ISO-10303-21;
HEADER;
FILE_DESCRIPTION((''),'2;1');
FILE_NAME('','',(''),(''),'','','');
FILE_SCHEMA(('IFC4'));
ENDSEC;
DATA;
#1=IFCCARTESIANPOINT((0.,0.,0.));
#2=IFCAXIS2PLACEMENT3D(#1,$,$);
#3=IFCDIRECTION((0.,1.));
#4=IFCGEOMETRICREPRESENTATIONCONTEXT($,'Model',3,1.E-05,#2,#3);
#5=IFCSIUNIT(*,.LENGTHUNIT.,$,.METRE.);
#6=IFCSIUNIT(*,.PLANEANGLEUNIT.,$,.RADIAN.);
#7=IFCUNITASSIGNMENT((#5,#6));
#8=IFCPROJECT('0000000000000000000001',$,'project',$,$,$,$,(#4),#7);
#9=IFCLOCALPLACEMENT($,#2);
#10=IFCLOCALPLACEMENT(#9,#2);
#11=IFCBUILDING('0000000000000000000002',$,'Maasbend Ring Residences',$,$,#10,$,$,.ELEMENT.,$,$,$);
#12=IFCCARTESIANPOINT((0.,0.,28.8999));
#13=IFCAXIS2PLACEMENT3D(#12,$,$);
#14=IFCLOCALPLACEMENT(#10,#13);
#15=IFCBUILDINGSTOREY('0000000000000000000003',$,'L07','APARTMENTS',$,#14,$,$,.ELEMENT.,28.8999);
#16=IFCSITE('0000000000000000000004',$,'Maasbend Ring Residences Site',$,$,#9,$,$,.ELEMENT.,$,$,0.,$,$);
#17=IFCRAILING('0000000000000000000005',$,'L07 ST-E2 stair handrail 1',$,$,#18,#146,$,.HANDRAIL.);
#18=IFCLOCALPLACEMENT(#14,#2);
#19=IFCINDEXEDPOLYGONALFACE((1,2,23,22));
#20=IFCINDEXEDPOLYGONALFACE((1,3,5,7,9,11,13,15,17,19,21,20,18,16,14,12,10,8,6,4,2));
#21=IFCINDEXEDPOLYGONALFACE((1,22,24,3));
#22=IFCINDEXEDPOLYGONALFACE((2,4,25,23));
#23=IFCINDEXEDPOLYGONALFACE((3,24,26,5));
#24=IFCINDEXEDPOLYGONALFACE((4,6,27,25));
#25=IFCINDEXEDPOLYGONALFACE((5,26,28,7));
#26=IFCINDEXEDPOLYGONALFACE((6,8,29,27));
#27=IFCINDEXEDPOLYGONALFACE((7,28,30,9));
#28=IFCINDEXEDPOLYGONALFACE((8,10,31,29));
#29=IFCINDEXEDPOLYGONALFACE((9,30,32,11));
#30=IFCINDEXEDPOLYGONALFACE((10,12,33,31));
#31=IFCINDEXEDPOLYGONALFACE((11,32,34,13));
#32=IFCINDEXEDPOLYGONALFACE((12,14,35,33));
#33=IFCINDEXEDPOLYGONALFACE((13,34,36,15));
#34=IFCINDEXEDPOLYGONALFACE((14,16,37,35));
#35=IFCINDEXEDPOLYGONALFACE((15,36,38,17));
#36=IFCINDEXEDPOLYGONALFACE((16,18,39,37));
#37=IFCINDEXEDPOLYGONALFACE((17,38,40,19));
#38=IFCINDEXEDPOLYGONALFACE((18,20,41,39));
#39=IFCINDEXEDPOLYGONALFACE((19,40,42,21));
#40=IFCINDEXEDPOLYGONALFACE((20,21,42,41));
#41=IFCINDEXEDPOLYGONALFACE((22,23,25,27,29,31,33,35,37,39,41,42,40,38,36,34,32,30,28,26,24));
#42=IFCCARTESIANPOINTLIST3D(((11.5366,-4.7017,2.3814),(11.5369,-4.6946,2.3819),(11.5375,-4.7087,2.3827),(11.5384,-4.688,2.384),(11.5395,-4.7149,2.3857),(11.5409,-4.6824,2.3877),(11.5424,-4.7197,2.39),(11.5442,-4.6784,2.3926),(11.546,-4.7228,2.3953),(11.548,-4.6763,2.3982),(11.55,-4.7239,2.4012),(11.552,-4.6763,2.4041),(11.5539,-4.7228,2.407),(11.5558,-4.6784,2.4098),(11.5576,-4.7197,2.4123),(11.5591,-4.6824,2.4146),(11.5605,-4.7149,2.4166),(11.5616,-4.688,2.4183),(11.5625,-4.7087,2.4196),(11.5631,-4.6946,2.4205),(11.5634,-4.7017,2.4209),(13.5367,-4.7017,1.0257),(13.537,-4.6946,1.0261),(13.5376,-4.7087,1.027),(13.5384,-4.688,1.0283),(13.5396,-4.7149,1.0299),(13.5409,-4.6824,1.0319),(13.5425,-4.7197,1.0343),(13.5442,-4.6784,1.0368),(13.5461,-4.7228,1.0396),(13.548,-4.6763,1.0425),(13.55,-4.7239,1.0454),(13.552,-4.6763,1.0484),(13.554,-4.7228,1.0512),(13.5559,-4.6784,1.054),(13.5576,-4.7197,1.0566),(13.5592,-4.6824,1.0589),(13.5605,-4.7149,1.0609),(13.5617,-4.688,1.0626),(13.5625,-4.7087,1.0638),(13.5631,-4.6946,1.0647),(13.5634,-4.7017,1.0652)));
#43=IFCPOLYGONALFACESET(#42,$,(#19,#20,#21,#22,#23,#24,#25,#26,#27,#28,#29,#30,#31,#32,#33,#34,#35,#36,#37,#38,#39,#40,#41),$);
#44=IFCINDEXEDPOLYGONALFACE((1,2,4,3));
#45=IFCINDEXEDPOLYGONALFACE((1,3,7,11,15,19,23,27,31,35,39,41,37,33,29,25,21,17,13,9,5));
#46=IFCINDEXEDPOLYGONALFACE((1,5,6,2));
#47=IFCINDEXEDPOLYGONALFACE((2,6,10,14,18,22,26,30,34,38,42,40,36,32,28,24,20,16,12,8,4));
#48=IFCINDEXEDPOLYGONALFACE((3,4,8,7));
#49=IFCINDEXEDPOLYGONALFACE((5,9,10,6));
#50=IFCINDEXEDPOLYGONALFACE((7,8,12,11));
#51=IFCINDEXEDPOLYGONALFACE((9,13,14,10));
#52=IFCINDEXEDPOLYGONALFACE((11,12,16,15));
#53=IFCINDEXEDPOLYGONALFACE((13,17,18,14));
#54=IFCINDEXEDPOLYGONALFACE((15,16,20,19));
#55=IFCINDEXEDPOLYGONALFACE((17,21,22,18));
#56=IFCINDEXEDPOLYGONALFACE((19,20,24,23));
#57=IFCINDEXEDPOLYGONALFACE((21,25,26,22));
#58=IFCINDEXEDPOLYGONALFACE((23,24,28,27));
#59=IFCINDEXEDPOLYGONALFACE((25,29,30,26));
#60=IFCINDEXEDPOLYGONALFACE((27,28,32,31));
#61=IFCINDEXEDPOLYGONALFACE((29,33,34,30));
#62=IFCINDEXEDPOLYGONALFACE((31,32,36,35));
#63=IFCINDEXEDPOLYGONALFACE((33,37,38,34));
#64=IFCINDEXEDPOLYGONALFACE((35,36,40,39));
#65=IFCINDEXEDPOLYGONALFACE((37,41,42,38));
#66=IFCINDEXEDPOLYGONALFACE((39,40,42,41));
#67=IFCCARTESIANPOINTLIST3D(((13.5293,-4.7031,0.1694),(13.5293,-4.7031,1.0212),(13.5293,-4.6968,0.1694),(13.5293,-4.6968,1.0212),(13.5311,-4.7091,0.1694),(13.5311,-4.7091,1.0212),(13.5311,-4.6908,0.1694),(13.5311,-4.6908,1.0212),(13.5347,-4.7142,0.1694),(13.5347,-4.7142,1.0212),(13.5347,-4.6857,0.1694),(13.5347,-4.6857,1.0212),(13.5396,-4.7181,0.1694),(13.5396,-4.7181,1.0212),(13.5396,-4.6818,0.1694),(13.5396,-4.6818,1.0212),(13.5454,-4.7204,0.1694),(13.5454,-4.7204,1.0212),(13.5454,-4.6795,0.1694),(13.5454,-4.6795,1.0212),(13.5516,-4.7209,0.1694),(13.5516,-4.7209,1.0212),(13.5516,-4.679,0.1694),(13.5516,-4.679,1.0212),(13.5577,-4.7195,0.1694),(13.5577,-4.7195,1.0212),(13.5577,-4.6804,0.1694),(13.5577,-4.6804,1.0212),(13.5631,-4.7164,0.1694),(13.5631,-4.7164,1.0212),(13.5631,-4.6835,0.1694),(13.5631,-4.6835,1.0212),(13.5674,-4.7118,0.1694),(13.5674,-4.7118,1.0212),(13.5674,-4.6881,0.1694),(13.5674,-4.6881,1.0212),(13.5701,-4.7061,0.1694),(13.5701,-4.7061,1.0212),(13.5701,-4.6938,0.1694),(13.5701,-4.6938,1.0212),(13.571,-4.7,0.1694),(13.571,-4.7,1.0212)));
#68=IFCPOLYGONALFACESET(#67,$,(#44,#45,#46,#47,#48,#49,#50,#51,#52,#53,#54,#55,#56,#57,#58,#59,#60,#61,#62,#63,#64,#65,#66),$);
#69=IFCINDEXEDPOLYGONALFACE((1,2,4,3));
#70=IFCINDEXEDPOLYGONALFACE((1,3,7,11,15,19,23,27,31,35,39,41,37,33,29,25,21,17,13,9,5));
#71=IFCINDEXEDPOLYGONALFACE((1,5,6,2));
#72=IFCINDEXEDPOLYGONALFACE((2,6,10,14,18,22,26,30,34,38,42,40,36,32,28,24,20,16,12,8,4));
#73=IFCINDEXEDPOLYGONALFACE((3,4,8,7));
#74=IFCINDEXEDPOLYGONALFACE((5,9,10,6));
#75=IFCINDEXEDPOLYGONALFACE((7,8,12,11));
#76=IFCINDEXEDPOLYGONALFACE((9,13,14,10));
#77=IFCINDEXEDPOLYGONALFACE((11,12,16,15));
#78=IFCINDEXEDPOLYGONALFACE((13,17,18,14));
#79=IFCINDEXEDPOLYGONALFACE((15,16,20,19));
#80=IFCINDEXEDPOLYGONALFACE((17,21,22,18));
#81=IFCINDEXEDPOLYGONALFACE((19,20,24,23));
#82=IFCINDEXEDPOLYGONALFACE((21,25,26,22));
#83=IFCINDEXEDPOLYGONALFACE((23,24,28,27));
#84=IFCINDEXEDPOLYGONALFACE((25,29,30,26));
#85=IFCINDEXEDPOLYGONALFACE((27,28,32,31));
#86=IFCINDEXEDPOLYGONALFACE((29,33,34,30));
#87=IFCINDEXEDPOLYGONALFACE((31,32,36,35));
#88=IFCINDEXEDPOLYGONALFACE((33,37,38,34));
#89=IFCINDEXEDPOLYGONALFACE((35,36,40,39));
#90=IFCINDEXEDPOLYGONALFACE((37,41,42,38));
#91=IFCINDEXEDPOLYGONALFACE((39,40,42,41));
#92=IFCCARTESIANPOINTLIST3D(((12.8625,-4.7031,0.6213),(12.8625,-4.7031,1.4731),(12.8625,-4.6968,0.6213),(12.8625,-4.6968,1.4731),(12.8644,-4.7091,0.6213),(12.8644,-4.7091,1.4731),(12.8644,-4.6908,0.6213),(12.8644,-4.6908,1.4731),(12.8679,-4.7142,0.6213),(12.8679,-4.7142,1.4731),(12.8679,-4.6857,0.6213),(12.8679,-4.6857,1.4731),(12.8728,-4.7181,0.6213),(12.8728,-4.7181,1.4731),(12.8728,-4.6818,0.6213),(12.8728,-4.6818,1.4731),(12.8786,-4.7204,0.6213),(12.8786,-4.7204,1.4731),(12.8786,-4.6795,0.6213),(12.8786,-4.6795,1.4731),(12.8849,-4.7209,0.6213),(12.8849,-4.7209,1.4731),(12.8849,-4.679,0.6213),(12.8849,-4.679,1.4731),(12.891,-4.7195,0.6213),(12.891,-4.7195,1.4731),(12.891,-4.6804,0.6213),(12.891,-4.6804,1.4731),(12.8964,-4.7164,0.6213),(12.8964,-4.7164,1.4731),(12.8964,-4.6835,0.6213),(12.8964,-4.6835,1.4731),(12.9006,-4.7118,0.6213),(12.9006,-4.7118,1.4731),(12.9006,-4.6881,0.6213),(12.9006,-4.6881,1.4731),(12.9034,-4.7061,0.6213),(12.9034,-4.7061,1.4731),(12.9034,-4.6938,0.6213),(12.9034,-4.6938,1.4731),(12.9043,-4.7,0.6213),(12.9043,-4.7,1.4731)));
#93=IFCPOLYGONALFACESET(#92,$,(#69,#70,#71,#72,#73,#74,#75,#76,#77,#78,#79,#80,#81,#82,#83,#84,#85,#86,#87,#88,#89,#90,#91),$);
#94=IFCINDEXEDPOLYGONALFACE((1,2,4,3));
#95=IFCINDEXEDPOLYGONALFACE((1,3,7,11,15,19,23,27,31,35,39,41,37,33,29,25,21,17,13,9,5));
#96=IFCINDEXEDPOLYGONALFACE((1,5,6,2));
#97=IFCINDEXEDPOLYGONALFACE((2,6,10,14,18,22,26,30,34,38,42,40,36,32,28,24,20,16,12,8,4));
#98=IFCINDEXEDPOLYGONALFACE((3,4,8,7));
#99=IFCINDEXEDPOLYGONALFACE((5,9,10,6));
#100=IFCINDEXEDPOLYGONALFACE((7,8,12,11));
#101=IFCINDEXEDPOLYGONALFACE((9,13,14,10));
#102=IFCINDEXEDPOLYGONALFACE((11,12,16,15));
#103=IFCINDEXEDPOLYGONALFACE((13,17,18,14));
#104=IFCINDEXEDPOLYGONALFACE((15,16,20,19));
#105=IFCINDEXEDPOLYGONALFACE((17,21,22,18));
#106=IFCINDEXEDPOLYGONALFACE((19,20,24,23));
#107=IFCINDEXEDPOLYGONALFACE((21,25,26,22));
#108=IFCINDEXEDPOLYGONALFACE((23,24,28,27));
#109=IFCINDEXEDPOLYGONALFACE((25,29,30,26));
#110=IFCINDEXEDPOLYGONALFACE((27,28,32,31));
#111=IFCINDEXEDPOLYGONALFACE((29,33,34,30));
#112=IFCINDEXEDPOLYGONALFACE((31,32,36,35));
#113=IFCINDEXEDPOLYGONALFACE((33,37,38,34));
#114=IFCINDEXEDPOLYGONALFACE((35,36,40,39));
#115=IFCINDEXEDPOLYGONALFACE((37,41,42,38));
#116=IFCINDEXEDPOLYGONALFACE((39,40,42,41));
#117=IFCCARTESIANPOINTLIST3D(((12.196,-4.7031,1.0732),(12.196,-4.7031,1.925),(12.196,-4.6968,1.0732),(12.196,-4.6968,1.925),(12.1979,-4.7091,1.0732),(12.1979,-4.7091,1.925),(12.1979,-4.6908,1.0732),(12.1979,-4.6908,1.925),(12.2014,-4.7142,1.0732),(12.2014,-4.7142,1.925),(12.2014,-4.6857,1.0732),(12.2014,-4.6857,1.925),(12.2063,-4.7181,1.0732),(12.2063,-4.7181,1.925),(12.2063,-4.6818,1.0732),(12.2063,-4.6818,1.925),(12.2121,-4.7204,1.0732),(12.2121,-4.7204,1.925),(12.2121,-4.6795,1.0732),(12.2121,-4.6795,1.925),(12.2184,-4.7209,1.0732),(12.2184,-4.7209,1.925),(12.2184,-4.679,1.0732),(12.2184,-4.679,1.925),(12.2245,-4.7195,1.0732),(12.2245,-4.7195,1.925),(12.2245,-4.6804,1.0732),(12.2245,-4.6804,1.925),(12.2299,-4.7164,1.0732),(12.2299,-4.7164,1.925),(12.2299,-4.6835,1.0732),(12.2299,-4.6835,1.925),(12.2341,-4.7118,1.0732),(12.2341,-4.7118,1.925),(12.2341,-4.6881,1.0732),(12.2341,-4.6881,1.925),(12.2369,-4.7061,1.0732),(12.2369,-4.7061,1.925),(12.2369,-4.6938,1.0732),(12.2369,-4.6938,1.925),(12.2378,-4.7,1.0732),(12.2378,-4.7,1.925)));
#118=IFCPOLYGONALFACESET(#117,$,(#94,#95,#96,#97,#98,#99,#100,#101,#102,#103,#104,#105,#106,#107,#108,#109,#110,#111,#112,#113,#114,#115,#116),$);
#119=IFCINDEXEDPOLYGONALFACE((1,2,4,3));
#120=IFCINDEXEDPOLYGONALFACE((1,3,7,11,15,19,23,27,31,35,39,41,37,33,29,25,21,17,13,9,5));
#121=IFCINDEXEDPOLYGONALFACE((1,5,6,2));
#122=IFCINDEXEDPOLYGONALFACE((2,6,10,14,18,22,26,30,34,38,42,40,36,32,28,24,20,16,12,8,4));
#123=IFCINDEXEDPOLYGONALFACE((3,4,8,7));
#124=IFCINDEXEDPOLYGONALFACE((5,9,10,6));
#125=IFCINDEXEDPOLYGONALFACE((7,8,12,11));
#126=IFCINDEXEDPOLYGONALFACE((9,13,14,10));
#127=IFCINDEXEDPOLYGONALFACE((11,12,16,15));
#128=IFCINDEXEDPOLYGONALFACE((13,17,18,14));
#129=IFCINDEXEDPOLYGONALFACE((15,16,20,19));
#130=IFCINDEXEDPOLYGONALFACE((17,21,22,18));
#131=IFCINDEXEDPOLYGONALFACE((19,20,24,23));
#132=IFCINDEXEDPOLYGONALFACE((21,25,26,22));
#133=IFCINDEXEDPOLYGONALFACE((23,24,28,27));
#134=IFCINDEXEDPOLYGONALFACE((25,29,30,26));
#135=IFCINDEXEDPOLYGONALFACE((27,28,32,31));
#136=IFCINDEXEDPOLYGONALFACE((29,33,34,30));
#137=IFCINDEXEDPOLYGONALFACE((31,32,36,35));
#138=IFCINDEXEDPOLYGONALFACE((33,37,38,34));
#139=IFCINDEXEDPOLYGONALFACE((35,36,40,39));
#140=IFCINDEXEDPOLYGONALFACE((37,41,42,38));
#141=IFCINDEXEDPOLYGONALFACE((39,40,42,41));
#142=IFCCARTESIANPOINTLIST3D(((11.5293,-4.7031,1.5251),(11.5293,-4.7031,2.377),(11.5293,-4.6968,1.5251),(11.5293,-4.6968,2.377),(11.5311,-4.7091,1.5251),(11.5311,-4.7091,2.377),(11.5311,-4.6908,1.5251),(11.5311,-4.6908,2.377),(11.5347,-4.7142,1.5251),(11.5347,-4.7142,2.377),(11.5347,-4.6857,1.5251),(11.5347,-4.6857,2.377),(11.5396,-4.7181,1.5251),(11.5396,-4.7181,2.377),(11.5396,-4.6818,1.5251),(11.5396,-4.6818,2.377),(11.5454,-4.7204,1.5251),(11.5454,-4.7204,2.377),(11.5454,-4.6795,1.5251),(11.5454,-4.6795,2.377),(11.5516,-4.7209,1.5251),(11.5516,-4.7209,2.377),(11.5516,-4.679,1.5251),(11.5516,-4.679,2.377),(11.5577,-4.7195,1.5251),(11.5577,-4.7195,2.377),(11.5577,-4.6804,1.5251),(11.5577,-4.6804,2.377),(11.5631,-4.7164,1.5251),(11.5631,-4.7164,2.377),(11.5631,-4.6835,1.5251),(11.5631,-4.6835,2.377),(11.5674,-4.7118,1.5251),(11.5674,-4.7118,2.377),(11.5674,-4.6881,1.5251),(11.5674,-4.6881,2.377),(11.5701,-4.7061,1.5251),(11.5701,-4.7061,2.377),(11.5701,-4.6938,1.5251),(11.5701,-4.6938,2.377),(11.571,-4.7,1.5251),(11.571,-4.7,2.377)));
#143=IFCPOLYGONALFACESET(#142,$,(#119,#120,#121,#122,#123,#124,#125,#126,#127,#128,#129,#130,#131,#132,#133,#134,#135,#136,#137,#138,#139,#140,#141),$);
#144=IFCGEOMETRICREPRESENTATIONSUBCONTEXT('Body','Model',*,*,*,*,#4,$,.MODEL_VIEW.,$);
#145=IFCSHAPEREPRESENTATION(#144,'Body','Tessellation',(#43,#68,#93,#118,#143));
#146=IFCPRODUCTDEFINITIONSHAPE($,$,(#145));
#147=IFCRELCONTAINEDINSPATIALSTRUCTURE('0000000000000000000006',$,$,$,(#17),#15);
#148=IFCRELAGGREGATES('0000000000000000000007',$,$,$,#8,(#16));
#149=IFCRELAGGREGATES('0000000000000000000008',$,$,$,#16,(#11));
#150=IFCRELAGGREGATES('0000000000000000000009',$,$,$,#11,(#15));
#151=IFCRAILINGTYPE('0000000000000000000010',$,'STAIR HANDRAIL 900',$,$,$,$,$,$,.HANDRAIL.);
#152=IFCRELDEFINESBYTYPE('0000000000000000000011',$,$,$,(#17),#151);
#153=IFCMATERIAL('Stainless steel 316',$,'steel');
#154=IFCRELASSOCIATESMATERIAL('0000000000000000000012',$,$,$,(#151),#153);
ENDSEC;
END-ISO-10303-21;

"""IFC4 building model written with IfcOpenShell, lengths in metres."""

from ifc_helpers import new_model, si_unit, direction, frame, origin, origin_2d, place, context, subcontext, project, spatial, circle, extrude, material, type_object, element, save


model = new_model("IFC4")

# Units and contexts
model_context = context("Model", 3, precision=1e-05, world=origin(), true_north=direction((0.0, 1.0)))
body_context = subcontext(model_context, "Body", "Model", "MODEL_VIEW")
ifc_project = project(units=[si_unit("LENGTHUNIT", "METRE"), si_unit("PLANEANGLEUNIT", "RADIAN")], contexts=[model_context])

# Site, building, storey
site_placement = place(None, origin())
site = spatial("IfcSite", under=ifc_project, at=site_placement, Name="Maasbend Ring Residences Site", CompositionType="ELEMENT", RefElevation=0.0)
building_placement = place(site_placement, origin())
building = spatial("IfcBuilding", under=site, at=building_placement, Name="Maasbend Ring Residences", CompositionType="ELEMENT")
storey_placement = place(building_placement, frame((0.0, 0.0, 28.8999)))
storey = spatial("IfcBuildingStorey", under=building, at=storey_placement, Name="L07", Description="APARTMENTS", CompositionType="ELEMENT", Elevation=28.8999)

# Railing
ifc_material_1 = material(Name="Stainless steel 316", Category="steel")
railing_type_1 = type_object("IfcRailingType", Name="STAIR HANDRAIL 900", PredefinedType="HANDRAIL", material=ifc_material_1)
railing_1_placement = place(storey_placement, frame((13.55, -4.7, 0.1694)))
element("IfcRailing", 1, at=railing_1_placement, inside=storey, type_object=railing_type_1, Name="L07 ST-E2 stair handrail 1", PredefinedType="HANDRAIL", context=body_context, shape_type="SweptSolid", body=[
    extrude(circle(Radius=0.0239, at=origin_2d()), frame((0.0, 0.0, 0.876), z_axis=(-0.827751, 0.0, 0.561096), x_axis=(0.0, -1.0, 0.0)), (0.0, 0.0, 1.0), 2.4163),
    extrude(circle(Radius=0.021, at=origin_2d()), origin(), (0.0, 0.0, 1.0), 0.8518),
    extrude(circle(Radius=0.021, at=origin_2d()), frame((-0.6667, 0.0, 0.4519)), (0.0, 0.0, 1.0), 0.8518),
    extrude(circle(Radius=0.021, at=origin_2d()), frame((-1.3333, 0.0, 0.9038)), (0.0, 0.0, 1.0), 0.8518),
    extrude(circle(Radius=0.021, at=origin_2d()), frame((-2.0, 0.0, 1.3557)), (0.0, 0.0, 1.0), 0.8518),
])

save(model, "model.ifc")
